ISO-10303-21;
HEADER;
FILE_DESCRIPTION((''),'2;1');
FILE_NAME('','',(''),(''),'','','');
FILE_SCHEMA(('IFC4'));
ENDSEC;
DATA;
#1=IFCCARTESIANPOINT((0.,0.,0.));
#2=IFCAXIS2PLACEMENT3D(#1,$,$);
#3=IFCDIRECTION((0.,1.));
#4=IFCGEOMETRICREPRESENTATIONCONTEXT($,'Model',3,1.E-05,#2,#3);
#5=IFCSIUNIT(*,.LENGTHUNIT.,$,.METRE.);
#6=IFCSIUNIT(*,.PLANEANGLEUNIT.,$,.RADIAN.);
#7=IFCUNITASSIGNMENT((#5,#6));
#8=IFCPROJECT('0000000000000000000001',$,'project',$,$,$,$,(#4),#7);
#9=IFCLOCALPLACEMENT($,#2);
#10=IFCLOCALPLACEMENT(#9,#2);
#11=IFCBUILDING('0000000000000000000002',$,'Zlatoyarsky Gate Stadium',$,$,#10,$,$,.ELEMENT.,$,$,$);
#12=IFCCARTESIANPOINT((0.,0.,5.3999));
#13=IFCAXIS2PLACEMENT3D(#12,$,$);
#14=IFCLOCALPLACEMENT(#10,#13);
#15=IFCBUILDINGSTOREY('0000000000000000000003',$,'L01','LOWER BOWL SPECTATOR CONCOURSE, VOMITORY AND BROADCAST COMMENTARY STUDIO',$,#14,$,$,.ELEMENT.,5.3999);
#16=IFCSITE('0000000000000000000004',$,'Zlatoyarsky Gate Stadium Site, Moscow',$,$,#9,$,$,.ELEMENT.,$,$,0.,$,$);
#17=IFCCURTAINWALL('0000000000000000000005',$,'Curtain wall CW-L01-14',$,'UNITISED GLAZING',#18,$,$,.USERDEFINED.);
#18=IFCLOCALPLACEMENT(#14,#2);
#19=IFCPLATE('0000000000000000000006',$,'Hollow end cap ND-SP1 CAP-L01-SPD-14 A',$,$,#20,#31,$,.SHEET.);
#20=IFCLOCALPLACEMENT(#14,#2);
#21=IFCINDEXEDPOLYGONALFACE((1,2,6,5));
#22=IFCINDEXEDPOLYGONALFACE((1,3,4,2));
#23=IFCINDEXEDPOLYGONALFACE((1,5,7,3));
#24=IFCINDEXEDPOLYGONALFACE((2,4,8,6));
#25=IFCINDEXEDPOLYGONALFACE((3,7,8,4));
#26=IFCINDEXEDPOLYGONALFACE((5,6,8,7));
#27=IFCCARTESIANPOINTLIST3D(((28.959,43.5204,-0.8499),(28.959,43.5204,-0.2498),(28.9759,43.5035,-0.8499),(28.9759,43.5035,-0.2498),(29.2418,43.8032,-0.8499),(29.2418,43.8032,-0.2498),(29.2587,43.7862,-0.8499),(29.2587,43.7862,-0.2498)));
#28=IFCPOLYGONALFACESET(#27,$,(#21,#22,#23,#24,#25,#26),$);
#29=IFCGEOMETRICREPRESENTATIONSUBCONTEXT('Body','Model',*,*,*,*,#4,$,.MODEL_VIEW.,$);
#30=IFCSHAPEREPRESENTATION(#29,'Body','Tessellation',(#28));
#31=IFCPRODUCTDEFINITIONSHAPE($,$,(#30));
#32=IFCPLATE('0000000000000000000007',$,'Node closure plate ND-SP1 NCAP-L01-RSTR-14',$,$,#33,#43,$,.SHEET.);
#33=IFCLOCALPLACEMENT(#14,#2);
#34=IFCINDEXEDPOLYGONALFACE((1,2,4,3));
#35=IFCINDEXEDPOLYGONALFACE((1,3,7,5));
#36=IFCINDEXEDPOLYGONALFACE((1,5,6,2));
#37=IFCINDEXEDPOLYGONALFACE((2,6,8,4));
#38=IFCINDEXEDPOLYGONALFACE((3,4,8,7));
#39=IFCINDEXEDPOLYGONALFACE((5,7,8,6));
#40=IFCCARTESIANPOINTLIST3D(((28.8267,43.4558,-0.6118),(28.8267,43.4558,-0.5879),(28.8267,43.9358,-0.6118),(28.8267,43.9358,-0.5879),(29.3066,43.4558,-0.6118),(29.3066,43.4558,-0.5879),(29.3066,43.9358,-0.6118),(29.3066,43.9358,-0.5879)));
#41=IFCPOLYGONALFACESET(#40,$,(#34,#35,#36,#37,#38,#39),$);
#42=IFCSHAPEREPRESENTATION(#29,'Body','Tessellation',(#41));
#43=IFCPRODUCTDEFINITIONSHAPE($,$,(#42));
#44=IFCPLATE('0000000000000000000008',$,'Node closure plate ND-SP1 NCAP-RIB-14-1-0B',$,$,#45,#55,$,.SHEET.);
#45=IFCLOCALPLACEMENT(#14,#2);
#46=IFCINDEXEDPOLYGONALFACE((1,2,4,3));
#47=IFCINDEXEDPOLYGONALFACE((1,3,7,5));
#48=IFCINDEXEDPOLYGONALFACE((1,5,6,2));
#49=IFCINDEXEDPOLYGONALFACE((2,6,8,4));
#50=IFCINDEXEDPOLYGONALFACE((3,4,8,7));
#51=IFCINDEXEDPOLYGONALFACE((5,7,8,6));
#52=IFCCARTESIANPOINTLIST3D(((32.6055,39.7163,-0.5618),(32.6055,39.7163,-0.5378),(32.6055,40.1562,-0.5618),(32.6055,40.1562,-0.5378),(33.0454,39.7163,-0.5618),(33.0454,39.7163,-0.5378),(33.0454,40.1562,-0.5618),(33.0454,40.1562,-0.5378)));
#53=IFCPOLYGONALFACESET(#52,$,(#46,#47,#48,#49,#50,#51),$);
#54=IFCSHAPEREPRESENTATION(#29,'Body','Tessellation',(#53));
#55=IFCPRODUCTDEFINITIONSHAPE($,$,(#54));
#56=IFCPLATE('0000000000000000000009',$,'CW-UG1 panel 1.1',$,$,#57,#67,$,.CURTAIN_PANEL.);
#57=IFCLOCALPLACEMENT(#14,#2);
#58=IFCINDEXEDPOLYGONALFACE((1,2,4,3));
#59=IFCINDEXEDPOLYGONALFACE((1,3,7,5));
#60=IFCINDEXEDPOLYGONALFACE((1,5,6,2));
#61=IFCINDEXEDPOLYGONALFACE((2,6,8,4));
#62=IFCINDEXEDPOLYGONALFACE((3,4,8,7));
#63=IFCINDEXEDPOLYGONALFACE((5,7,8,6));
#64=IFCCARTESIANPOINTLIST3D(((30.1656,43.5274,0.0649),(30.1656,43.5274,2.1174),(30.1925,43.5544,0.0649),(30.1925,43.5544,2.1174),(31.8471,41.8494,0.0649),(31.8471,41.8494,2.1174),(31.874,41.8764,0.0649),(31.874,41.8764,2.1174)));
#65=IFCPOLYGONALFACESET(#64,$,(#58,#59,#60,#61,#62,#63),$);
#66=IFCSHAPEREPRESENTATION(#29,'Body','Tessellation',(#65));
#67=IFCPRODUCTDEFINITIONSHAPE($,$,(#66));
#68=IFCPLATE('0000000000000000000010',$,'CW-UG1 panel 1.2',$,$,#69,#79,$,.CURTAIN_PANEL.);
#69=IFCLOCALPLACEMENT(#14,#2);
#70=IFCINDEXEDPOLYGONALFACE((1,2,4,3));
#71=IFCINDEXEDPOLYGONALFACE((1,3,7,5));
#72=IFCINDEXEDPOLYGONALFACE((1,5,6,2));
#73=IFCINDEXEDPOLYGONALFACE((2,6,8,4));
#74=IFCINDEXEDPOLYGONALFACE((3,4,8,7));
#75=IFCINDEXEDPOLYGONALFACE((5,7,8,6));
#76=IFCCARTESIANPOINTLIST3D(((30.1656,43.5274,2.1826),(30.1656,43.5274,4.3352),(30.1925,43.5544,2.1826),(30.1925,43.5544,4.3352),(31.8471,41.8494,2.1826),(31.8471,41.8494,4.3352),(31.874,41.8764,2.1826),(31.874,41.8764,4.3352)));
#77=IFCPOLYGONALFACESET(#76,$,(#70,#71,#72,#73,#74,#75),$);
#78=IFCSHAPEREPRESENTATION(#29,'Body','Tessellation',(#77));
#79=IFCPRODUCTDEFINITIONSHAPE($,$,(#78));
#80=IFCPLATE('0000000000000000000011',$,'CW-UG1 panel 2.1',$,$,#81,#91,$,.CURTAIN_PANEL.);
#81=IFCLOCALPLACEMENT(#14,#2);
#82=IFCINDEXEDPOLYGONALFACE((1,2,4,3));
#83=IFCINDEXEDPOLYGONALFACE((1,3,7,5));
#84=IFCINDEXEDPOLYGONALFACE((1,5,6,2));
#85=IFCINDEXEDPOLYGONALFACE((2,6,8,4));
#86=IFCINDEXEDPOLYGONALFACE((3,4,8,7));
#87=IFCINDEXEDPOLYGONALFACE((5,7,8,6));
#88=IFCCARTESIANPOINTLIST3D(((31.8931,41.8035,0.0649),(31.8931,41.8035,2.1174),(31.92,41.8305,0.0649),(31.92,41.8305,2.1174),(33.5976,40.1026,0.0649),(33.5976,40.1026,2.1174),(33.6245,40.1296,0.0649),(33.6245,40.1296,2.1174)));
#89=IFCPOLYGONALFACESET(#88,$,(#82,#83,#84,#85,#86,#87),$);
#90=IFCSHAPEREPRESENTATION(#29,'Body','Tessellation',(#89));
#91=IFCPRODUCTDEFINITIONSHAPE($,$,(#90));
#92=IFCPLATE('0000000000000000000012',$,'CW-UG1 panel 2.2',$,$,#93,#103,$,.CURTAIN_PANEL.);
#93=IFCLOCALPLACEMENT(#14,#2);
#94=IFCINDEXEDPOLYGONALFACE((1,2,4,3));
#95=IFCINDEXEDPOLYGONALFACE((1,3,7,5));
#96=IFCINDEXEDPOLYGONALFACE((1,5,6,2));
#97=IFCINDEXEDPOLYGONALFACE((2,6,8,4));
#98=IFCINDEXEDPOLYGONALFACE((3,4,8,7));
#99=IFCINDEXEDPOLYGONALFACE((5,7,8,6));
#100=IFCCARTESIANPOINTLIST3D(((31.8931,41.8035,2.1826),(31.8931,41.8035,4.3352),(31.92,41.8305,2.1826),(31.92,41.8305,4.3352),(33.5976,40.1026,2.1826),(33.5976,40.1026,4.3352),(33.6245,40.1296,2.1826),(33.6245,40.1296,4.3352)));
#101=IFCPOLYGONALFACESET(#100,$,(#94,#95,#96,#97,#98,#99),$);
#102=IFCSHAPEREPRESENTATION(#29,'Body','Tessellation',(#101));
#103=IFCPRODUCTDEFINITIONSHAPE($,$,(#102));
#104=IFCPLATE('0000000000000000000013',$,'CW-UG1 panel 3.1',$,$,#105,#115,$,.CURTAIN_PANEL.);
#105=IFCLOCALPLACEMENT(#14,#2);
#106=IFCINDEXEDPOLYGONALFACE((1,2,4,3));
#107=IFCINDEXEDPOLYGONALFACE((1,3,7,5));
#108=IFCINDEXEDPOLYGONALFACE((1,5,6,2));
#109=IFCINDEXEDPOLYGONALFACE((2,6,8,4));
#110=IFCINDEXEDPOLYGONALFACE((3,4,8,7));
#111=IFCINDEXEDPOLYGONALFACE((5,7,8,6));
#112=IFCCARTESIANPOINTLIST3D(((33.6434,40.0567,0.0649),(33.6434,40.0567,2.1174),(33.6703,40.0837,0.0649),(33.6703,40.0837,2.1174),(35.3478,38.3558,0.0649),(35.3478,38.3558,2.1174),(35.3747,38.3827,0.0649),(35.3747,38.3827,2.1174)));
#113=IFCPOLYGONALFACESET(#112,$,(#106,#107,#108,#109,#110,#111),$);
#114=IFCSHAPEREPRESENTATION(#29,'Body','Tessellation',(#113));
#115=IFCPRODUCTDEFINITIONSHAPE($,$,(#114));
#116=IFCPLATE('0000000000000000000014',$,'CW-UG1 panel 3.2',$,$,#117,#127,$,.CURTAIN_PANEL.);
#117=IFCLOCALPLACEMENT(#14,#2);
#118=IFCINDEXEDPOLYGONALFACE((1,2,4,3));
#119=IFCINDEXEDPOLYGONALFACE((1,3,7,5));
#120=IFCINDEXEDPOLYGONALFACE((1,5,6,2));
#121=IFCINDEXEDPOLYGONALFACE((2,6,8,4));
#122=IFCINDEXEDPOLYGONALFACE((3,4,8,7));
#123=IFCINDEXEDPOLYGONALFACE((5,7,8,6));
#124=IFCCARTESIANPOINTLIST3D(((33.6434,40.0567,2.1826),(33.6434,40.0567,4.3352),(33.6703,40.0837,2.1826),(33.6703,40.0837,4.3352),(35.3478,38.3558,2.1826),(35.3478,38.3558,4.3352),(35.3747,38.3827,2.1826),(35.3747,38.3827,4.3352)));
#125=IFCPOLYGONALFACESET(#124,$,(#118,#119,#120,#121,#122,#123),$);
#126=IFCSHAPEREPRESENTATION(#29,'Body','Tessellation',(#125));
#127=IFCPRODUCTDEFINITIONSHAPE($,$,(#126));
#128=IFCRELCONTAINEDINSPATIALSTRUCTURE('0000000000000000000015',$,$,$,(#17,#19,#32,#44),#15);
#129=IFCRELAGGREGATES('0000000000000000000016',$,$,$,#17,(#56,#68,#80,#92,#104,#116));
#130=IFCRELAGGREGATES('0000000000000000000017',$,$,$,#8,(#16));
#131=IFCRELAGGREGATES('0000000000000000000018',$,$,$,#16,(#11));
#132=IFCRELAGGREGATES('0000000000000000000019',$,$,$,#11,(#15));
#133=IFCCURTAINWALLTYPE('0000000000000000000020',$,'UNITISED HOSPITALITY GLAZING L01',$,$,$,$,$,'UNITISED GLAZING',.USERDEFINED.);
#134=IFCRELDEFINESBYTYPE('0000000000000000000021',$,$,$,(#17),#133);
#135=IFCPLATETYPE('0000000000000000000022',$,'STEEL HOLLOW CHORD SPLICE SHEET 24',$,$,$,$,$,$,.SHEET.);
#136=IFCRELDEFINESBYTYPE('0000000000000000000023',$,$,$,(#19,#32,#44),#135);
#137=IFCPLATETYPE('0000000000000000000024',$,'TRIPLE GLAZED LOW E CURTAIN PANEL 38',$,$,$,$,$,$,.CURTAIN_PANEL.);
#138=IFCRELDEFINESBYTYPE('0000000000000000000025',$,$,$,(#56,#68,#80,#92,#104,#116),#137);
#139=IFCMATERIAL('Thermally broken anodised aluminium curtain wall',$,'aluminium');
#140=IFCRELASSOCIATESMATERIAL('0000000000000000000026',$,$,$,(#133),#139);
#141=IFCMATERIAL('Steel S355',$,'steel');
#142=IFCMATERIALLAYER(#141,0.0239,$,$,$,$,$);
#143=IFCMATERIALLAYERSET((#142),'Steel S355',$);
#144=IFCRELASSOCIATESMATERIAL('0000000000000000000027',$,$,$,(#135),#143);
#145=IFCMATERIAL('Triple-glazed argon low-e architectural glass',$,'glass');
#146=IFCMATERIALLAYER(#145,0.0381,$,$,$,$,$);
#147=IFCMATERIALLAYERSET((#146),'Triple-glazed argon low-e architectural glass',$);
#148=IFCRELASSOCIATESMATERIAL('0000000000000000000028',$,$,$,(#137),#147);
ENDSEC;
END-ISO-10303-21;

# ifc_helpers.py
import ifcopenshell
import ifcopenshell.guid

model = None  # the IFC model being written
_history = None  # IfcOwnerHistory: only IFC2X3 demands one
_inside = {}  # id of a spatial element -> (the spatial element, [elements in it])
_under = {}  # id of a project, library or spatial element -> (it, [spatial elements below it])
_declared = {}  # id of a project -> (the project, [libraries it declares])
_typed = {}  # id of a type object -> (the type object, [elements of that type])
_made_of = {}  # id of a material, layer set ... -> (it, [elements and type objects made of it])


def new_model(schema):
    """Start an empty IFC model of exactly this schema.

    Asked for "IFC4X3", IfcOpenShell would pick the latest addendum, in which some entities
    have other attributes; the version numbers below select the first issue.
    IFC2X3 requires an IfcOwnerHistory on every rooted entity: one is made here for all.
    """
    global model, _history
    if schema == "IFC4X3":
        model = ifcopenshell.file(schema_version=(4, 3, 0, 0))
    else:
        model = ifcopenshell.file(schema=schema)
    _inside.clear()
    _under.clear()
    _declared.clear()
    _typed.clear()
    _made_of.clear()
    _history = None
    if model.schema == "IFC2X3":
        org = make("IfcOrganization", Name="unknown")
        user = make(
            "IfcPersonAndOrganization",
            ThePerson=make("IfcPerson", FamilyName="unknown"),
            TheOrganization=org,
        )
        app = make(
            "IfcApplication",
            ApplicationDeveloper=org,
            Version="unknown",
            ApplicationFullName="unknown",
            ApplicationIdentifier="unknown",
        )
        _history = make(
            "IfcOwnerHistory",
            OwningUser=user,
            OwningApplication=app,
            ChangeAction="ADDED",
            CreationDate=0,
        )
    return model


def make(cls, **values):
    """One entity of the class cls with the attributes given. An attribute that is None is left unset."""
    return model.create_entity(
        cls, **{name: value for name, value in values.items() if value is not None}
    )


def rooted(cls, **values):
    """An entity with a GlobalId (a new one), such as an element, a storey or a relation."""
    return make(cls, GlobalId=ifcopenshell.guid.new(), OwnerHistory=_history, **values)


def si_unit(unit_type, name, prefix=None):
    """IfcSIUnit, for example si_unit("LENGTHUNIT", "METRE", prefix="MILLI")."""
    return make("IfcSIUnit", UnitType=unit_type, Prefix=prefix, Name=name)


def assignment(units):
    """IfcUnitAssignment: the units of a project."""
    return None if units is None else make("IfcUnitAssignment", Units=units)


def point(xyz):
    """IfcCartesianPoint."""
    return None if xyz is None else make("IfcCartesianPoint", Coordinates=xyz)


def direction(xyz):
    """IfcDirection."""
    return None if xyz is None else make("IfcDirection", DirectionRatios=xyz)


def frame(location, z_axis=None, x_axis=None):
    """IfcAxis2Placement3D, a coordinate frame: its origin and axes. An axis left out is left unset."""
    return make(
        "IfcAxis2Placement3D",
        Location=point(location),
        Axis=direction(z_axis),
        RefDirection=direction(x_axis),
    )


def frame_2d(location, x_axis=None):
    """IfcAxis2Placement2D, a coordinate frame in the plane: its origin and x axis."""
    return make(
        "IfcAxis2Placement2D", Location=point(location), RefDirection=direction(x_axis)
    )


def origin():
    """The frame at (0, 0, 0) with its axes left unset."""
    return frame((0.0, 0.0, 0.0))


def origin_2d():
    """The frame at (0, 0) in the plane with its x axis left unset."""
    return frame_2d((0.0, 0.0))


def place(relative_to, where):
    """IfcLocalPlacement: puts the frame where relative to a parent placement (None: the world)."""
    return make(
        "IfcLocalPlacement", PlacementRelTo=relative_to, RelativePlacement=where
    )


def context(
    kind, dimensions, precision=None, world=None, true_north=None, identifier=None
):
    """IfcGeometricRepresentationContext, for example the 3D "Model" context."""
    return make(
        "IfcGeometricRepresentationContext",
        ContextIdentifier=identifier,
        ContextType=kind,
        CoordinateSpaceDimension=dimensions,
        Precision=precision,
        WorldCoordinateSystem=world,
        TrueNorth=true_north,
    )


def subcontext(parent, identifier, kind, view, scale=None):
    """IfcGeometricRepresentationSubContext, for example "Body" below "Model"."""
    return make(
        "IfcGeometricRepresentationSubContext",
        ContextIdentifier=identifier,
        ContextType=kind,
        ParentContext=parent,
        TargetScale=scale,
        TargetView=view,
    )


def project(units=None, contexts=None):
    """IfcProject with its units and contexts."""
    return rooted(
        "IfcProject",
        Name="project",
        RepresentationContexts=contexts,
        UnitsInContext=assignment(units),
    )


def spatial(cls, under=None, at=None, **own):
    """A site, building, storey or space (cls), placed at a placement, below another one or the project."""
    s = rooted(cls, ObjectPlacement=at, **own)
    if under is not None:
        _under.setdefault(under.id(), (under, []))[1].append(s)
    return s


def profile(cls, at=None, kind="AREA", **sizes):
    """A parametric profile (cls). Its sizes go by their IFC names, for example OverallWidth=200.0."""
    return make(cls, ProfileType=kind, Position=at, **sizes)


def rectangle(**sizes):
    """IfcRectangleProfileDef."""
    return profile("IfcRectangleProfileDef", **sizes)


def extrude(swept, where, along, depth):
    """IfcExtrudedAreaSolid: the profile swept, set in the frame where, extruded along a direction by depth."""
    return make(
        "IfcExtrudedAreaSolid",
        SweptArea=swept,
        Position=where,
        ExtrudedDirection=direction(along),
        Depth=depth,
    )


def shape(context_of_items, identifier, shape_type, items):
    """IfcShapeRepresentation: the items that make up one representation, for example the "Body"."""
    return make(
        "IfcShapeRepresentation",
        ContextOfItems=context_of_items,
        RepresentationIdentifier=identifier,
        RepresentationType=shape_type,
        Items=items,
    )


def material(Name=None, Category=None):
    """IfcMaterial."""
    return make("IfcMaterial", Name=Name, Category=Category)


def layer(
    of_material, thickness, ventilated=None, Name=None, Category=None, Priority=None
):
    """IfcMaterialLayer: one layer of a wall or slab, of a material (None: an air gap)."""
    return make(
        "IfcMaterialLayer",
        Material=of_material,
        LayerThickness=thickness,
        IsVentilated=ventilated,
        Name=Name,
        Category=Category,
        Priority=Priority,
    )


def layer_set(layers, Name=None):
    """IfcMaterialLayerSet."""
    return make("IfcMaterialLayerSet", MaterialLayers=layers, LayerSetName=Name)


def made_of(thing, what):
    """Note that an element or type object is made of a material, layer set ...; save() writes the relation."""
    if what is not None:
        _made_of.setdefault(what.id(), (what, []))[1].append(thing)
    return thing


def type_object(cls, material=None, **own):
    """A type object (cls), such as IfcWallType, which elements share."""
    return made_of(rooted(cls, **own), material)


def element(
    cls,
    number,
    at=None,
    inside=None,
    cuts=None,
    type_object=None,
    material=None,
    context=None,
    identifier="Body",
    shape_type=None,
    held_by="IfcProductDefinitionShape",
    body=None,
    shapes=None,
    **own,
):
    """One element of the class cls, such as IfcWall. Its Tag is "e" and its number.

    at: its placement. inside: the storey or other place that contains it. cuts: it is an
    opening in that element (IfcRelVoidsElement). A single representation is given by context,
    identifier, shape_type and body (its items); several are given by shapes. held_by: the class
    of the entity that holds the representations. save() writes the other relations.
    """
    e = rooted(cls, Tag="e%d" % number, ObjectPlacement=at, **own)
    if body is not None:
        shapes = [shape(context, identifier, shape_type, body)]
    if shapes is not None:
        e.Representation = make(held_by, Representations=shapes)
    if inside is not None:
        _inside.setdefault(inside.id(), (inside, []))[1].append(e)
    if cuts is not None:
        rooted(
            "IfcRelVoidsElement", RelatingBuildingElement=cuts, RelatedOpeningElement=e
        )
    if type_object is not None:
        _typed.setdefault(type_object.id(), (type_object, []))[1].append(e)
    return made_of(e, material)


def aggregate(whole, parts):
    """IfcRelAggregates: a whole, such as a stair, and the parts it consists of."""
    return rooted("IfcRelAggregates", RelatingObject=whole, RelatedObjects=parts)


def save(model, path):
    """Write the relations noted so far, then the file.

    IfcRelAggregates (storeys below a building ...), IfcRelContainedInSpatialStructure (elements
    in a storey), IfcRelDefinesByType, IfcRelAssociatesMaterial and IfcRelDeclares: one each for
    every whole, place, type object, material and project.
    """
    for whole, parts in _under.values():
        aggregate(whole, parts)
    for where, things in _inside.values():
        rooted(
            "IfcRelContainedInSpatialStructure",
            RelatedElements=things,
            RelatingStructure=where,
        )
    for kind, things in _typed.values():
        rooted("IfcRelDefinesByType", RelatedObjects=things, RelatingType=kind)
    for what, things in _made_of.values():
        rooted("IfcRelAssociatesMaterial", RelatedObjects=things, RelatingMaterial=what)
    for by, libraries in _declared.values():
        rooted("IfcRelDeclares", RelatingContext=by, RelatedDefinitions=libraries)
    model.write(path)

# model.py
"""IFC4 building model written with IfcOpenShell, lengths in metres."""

from ifc_helpers import new_model, si_unit, direction, frame, origin, origin_2d, place, context, subcontext, project, spatial, rectangle, extrude, material, layer, layer_set, type_object, element, aggregate, save


model = new_model("IFC4")

# Units and contexts
model_context = context("Model", 3, precision=1e-05, world=origin(), true_north=direction((0.0, 1.0)))
body_context = subcontext(model_context, "Body", "Model", "MODEL_VIEW")
ifc_project = project(units=[si_unit("LENGTHUNIT", "METRE"), si_unit("PLANEANGLEUNIT", "RADIAN")], contexts=[model_context])

# Site, building, storey
site_placement = place(None, origin())
site = spatial("IfcSite", under=ifc_project, at=site_placement, Name="Zlatoyarsky Gate Stadium Site, Moscow", CompositionType="ELEMENT", RefElevation=0.0)
building_placement = place(site_placement, origin())
building = spatial("IfcBuilding", under=site, at=building_placement, Name="Zlatoyarsky Gate Stadium", CompositionType="ELEMENT")
storey_placement = place(building_placement, frame((0.0, 0.0, 5.3999)))
storey = spatial("IfcBuildingStorey", under=building, at=storey_placement, Name="L01", Description="LOWER BOWL SPECTATOR CONCOURSE, VOMITORY AND BROADCAST COMMENTARY STUDIO", CompositionType="ELEMENT", Elevation=5.3999)

# Curtain wall
ifc_material_1 = material(Name="Thermally broken anodised aluminium curtain wall", Category="aluminium")
curtain_wall_type = type_object("IfcCurtainWallType", Name="UNITISED HOSPITALITY GLAZING L01", ElementType="UNITISED GLAZING", PredefinedType="USERDEFINED", material=ifc_material_1)
curtain_wall_placement = place(storey_placement, origin())
curtain_wall = element("IfcCurtainWall", 1, at=curtain_wall_placement, inside=storey, type_object=curtain_wall_type, Name="Curtain wall CW-L01-14", ObjectType="UNITISED GLAZING", PredefinedType="USERDEFINED")

# Shared definitions
ifc_material_2 = material(Name="Steel S355", Category="steel")

# Plates
ifc_layer_1 = layer(ifc_material_2, 0.0239)
ifc_layer_set_1 = layer_set([ifc_layer_1], Name="Steel S355")
plate_type_1 = type_object("IfcPlateType", Name="STEEL HOLLOW CHORD SPLICE SHEET 24", PredefinedType="SHEET", material=ifc_layer_set_1)
for number, where, z_axis, x_axis, name in (
    (2, (29.1089, 43.6533, -0.8499), (0.0, 0.0, 1.0), (0.707043, -0.70717, 0.0), "Hollow end cap ND-SP1 CAP-L01-SPD-14 A"),
):
    element("IfcPlate", number, at=place(storey_placement, frame(where, z_axis=z_axis, x_axis=x_axis)), inside=storey, type_object=plate_type_1, Name=name, PredefinedType="SHEET", context=body_context, shape_type="SweptSolid", body=[
        extrude(rectangle(XDim=0.0239, YDim=0.3999, at=origin_2d()), origin(), (0.0, 0.0, 1.0), 0.6001),
    ])
plate_1_placement = place(storey_placement, frame((29.0667, 43.6958, -0.6118), z_axis=(0.0, 0.0, 1.0), x_axis=(1.0, 0.0, 0.0)))
element("IfcPlate", 3, at=plate_1_placement, inside=storey, type_object=plate_type_1, Name="Node closure plate ND-SP1 NCAP-L01-RSTR-14", PredefinedType="SHEET", context=body_context, shape_type="SweptSolid", body=[
    extrude(rectangle(XDim=0.48, YDim=0.48, at=origin_2d()), origin(), (0.0, 0.0, 1.0), 0.0239),
])
plate_2_placement = place(storey_placement, frame((32.8254, 39.9363, -0.5618), z_axis=(0.0, 0.0, 1.0), x_axis=(1.0, 0.0, 0.0)))
element("IfcPlate", 4, at=plate_2_placement, inside=storey, type_object=plate_type_1, Name="Node closure plate ND-SP1 NCAP-RIB-14-1-0B", PredefinedType="SHEET", context=body_context, shape_type="SweptSolid", body=[
    extrude(rectangle(XDim=0.4399, YDim=0.4399, at=origin_2d()), origin(), (0.0, 0.0, 1.0), 0.0239),
])

# Plates
ifc_material_3 = material(Name="Triple-glazed argon low-e architectural glass", Category="glass")
ifc_layer_2 = layer(ifc_material_3, 0.0381)
ifc_layer_set_2 = layer_set([ifc_layer_2], Name="Triple-glazed argon low-e architectural glass")
plate_type_2 = type_object("IfcPlateType", Name="TRIPLE GLAZED LOW E CURTAIN PANEL 38", PredefinedType="CURTAIN_PANEL", material=ifc_layer_set_2)
plate_3_placement = place(storey_placement, frame((31.0198, 42.7019, 0.0649), z_axis=(0.0, 0.0, 1.0), x_axis=(0.707839, -0.706373, 0.0)))
plate_3 = element("IfcPlate", 5, at=plate_3_placement, type_object=plate_type_2, Name="CW-UG1 panel 1.1", PredefinedType="CURTAIN_PANEL", context=body_context, shape_type="SweptSolid", body=[
    extrude(rectangle(XDim=2.3755, YDim=0.0381, at=origin_2d()), origin(), (0.0, 0.0, 1.0), 2.0525),
])
plate_4_placement = place(storey_placement, frame((31.0198, 42.7019, 2.1826), z_axis=(0.0, 0.0, 1.0), x_axis=(0.707839, -0.706373, 0.0)))
plate_4 = element("IfcPlate", 6, at=plate_4_placement, type_object=plate_type_2, Name="CW-UG1 panel 1.2", PredefinedType="CURTAIN_PANEL", context=body_context, shape_type="SweptSolid", body=[
    extrude(rectangle(XDim=2.3755, YDim=0.0381, at=origin_2d()), origin(), (0.0, 0.0, 1.0), 2.1526),
])
plate_5_placement = place(storey_placement, frame((32.7588, 40.9666, 0.0649), z_axis=(0.0, 0.0, 1.0), x_axis=(0.707839, -0.706373, 0.0)))
plate_5 = element("IfcPlate", 7, at=plate_5_placement, type_object=plate_type_2, Name="CW-UG1 panel 2.1", PredefinedType="CURTAIN_PANEL", context=body_context, shape_type="SweptSolid", body=[
    extrude(rectangle(XDim=2.408, YDim=0.0381, at=origin_2d()), origin(), (0.0, 0.0, 1.0), 2.0525),
])
plate_6_placement = place(storey_placement, frame((32.7588, 40.9666, 2.1826), z_axis=(0.0, 0.0, 1.0), x_axis=(0.707839, -0.706373, 0.0)))
plate_6 = element("IfcPlate", 8, at=plate_6_placement, type_object=plate_type_2, Name="CW-UG1 panel 2.2", PredefinedType="CURTAIN_PANEL", context=body_context, shape_type="SweptSolid", body=[
    extrude(rectangle(XDim=2.408, YDim=0.0381, at=origin_2d()), origin(), (0.0, 0.0, 1.0), 2.1526),
])
plate_7_placement = place(storey_placement, frame((34.509, 39.2197, 0.0649), z_axis=(0.0, 0.0, 1.0), x_axis=(0.707839, -0.706373, 0.0)))
plate_7 = element("IfcPlate", 9, at=plate_7_placement, type_object=plate_type_2, Name="CW-UG1 panel 3.1", PredefinedType="CURTAIN_PANEL", context=body_context, shape_type="SweptSolid", body=[
    extrude(rectangle(XDim=2.408, YDim=0.0381, at=origin_2d()), origin(), (0.0, 0.0, 1.0), 2.0525),
])
plate_8_placement = place(storey_placement, frame((34.509, 39.2197, 2.1826), z_axis=(0.0, 0.0, 1.0), x_axis=(0.707839, -0.706373, 0.0)))
plate_8 = element("IfcPlate", 10, at=plate_8_placement, type_object=plate_type_2, Name="CW-UG1 panel 3.2", PredefinedType="CURTAIN_PANEL", context=body_context, shape_type="SweptSolid", body=[
    extrude(rectangle(XDim=2.408, YDim=0.0381, at=origin_2d()), origin(), (0.0, 0.0, 1.0), 2.1526),
])
aggregate(curtain_wall, [plate_3, plate_4, plate_5, plate_6, plate_7, plate_8])

save(model, "model.ifc")
